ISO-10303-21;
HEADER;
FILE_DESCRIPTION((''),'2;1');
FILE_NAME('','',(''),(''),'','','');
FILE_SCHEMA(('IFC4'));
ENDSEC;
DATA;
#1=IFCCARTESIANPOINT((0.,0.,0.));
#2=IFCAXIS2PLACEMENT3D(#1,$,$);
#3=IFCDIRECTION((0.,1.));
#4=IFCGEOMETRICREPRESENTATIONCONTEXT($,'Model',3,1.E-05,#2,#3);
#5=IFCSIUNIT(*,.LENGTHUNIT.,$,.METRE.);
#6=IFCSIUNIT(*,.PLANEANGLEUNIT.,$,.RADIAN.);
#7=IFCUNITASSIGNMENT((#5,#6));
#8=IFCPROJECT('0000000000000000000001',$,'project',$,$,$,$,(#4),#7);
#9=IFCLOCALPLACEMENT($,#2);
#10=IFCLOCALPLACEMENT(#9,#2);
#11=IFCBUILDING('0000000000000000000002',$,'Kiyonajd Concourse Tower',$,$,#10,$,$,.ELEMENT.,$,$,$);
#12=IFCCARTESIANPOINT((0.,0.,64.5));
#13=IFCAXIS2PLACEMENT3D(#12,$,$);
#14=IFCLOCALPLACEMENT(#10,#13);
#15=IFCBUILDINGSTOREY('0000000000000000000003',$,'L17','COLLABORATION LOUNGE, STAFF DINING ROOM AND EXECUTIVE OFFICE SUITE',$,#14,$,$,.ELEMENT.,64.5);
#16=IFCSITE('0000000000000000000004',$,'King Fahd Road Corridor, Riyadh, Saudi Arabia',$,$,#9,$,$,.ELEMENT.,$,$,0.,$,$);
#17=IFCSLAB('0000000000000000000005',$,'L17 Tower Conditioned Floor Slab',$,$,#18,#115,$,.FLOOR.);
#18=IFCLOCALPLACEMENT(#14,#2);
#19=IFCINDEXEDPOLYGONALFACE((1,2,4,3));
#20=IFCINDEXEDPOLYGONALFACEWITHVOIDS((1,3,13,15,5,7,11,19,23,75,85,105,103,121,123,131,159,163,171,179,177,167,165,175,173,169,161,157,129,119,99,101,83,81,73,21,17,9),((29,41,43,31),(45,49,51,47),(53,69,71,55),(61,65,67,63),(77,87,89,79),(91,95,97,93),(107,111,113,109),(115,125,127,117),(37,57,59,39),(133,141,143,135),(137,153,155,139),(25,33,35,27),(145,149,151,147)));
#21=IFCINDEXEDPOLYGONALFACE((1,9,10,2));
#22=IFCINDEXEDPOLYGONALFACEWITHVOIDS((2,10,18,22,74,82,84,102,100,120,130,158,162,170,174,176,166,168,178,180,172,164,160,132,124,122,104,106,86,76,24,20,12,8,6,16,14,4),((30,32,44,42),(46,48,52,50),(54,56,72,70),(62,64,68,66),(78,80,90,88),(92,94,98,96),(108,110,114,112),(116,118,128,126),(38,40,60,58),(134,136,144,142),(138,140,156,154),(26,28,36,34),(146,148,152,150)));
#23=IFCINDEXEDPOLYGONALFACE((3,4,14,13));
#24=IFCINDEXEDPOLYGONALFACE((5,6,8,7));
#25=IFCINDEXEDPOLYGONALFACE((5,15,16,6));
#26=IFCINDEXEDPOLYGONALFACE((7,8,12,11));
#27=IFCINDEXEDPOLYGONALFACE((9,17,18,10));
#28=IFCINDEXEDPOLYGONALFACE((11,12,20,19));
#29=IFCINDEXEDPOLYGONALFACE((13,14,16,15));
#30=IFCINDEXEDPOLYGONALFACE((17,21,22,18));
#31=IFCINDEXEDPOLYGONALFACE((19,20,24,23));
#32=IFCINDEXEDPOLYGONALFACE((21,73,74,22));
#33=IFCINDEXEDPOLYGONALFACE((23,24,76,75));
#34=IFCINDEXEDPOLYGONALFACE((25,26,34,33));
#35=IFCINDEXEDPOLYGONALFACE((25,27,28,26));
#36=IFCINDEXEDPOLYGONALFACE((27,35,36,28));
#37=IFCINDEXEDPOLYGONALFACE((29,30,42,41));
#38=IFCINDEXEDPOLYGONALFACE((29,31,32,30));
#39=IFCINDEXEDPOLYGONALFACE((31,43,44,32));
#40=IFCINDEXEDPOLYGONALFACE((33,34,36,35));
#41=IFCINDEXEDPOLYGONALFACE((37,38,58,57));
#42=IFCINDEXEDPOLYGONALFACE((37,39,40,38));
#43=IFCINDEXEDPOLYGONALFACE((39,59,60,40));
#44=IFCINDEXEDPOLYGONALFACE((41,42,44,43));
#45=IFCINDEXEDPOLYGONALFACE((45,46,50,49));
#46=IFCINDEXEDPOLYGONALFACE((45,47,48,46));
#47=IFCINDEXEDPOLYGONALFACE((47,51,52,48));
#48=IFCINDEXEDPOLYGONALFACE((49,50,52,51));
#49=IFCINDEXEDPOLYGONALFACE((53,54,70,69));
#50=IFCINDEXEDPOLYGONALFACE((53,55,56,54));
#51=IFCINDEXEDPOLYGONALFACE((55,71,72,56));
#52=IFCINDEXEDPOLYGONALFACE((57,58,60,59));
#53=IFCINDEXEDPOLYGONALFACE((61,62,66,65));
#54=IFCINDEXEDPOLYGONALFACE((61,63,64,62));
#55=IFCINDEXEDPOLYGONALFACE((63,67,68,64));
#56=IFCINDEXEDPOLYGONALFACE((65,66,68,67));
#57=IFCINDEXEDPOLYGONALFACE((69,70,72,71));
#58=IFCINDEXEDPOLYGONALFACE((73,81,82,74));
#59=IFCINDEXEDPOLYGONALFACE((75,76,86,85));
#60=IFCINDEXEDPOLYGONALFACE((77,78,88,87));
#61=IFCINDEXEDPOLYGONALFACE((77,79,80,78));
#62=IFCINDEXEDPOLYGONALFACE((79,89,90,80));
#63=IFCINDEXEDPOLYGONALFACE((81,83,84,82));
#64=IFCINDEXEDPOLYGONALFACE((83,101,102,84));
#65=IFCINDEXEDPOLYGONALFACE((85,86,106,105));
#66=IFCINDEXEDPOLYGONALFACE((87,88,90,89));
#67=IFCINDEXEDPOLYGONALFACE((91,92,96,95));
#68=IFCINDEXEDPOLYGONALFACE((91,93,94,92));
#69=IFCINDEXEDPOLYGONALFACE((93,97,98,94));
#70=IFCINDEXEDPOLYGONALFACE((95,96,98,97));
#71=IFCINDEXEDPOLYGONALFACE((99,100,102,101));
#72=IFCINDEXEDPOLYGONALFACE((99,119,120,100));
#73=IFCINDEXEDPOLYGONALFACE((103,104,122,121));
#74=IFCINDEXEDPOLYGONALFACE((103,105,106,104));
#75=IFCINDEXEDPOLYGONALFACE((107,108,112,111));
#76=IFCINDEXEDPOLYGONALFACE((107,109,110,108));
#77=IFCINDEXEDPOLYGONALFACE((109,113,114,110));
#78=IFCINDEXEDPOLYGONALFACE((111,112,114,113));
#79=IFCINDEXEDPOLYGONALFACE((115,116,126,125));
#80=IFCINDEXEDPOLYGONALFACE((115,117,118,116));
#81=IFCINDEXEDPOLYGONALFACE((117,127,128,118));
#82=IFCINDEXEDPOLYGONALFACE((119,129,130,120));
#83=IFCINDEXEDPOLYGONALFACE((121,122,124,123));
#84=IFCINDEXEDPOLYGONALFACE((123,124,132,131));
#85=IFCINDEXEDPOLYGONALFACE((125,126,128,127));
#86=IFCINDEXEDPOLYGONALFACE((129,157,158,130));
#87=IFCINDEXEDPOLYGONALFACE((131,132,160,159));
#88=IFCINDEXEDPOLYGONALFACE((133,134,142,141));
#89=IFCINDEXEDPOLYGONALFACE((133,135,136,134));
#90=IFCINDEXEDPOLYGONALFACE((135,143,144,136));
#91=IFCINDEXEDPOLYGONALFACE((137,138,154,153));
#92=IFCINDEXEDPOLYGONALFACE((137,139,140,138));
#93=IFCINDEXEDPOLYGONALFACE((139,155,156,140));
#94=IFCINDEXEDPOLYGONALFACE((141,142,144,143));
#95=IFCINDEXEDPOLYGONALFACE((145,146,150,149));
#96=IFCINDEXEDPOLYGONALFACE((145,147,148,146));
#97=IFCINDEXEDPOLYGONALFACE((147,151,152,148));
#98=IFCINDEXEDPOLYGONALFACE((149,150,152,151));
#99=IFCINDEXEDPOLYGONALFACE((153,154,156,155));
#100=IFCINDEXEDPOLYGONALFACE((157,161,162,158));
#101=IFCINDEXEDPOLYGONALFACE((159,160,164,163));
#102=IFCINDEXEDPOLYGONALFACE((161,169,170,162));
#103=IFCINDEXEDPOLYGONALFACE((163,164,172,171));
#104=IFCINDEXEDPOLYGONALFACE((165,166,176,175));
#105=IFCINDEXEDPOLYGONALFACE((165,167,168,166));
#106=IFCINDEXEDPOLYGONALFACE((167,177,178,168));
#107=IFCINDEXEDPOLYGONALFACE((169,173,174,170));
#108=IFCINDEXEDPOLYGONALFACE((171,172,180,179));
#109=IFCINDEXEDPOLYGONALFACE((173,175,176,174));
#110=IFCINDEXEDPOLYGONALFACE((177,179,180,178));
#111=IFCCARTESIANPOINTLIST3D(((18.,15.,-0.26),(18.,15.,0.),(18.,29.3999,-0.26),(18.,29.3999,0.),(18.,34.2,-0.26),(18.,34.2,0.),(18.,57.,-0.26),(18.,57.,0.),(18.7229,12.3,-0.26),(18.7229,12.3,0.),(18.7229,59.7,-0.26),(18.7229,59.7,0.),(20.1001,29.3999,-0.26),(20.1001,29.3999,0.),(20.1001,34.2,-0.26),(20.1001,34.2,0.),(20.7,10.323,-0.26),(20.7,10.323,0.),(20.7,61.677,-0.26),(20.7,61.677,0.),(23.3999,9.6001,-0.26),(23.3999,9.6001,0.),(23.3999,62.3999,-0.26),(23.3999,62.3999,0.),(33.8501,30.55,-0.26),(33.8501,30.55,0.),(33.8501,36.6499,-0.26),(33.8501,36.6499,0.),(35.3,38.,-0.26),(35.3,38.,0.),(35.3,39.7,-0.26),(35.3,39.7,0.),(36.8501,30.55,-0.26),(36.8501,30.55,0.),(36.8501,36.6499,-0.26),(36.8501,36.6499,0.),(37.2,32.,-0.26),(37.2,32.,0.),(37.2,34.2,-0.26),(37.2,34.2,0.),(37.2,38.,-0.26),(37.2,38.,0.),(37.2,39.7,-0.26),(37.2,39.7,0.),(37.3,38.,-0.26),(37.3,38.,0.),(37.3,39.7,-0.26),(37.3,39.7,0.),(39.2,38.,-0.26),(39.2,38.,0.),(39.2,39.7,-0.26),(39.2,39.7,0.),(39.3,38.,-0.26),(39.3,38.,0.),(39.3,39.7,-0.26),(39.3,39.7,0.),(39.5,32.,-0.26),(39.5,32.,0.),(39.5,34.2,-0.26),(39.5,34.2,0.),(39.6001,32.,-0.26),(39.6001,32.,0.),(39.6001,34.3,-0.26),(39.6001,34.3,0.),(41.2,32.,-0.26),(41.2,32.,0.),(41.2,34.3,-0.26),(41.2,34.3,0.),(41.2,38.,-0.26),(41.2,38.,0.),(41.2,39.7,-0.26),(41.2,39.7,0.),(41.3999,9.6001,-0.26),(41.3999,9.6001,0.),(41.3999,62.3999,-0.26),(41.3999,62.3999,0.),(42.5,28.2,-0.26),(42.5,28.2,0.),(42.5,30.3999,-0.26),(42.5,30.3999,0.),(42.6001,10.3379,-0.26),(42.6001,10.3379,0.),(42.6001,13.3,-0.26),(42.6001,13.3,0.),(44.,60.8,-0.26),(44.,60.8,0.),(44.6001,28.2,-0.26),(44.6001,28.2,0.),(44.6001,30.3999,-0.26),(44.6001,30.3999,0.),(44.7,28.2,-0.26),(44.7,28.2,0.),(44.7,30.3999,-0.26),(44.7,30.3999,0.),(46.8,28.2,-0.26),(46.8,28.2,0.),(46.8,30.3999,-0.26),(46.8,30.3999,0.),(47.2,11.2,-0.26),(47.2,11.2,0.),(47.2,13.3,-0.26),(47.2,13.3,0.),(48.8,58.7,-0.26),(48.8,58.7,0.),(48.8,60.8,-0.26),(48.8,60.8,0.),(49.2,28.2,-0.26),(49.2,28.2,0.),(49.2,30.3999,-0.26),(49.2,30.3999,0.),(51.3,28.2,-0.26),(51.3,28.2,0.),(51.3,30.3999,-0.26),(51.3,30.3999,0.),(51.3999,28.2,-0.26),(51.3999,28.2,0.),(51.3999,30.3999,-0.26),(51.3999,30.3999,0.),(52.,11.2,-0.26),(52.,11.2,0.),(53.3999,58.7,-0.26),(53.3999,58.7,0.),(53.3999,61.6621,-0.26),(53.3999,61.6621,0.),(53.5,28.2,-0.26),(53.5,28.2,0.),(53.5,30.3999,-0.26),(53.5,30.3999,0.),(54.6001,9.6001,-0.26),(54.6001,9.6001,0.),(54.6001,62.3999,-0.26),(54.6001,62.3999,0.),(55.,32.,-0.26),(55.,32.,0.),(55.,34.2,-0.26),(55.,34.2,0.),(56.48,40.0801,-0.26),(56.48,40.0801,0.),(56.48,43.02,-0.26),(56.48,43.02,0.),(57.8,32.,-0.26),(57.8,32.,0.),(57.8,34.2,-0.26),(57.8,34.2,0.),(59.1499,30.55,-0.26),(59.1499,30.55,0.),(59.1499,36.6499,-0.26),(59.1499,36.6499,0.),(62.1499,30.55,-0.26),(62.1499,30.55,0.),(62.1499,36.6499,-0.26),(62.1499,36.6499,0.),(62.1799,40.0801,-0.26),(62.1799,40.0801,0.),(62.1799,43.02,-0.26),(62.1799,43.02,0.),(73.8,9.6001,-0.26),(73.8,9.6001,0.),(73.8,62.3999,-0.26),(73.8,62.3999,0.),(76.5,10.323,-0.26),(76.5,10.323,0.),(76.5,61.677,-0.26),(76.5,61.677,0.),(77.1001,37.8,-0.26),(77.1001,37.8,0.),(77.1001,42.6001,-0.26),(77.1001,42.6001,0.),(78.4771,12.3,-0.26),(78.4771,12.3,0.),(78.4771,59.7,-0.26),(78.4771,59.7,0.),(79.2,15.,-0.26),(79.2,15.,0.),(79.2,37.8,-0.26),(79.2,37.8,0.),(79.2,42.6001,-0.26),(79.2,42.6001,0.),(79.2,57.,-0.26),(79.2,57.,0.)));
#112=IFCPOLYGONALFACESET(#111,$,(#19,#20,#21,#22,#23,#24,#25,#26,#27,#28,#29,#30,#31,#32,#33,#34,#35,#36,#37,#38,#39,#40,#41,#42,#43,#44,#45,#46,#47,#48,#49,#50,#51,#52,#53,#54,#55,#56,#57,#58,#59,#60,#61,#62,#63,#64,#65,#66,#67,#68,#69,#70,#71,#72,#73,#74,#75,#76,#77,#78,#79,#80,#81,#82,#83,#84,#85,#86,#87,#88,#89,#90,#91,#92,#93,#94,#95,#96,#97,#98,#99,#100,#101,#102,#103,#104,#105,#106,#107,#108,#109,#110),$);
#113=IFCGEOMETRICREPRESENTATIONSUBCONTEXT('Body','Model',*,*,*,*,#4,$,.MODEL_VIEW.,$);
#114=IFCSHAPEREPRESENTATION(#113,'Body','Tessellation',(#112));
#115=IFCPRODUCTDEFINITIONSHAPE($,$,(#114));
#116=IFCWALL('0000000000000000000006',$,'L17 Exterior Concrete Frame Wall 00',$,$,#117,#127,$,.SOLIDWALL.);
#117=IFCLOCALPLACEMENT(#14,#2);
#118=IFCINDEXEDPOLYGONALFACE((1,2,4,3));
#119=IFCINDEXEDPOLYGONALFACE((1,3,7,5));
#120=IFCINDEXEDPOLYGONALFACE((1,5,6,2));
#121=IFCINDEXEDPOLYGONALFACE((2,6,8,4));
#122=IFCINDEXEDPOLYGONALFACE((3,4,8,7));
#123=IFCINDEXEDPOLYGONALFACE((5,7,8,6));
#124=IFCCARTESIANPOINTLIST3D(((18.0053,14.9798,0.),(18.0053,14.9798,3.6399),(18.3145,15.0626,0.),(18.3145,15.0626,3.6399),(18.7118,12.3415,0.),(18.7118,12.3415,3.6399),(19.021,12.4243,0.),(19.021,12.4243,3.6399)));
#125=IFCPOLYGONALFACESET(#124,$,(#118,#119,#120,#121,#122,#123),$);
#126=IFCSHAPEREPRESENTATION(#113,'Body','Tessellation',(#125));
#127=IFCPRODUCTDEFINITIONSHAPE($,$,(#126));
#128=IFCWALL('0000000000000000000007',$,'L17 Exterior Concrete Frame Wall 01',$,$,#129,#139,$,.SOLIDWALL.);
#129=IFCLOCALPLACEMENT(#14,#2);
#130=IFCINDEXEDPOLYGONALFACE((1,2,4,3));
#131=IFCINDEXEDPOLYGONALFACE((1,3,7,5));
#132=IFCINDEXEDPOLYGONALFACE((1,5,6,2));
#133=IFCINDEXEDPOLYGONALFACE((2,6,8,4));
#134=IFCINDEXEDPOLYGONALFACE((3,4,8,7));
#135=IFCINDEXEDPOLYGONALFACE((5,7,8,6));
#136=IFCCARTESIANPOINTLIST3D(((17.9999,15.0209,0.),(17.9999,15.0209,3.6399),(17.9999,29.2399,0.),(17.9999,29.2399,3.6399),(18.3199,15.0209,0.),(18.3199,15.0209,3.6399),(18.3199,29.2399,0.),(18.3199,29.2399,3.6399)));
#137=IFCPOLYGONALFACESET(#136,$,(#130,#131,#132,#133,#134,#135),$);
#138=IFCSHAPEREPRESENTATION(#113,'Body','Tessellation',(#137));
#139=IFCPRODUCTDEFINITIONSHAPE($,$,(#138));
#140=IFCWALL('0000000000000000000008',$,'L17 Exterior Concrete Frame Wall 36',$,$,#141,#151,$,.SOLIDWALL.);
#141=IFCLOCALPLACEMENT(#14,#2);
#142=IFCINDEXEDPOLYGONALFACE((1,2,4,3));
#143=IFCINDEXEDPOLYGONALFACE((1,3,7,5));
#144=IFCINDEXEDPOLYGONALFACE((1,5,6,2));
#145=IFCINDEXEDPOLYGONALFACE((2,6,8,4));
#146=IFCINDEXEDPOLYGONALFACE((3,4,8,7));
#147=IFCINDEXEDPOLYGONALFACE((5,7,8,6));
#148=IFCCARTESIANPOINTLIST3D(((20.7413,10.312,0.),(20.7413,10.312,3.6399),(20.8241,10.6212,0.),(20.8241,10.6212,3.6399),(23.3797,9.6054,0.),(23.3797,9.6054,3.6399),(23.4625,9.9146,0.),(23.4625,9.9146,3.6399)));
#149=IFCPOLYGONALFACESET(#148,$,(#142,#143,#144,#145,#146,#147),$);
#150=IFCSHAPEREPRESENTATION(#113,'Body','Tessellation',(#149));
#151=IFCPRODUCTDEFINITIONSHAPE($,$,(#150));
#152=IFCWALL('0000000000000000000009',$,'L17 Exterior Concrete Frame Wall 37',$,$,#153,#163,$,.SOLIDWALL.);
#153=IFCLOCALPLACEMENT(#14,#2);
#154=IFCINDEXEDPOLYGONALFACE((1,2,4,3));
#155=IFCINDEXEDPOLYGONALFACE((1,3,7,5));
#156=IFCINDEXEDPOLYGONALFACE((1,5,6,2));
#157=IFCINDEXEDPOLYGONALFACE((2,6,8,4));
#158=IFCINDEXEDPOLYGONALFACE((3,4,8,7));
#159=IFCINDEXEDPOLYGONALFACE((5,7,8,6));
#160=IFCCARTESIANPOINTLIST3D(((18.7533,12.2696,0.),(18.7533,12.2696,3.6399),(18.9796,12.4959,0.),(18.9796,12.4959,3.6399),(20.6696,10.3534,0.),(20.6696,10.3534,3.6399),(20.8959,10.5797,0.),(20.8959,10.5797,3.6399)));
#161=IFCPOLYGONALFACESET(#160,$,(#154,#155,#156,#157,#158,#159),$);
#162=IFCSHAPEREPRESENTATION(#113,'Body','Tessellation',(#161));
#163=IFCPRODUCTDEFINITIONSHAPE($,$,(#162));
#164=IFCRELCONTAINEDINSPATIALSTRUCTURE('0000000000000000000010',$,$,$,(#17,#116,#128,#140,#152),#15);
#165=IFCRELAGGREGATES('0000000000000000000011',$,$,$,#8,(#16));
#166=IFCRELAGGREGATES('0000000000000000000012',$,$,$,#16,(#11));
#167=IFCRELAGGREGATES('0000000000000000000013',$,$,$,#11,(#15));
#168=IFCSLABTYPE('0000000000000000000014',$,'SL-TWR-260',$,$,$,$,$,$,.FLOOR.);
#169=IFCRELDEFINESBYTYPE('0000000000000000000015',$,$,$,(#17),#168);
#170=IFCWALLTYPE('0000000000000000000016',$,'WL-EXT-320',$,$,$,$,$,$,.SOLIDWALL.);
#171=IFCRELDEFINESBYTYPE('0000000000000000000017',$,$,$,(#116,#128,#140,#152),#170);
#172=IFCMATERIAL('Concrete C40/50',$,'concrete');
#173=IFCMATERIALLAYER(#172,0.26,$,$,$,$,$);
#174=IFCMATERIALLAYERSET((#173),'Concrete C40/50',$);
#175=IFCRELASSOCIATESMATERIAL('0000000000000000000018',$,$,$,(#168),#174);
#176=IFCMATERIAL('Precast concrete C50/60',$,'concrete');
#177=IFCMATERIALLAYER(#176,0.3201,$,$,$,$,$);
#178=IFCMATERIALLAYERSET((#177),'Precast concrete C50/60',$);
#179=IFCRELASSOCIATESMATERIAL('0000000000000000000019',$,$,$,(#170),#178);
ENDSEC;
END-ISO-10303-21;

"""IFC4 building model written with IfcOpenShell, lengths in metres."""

from ifc_helpers import new_model, si_unit, direction, frame, frame_2d, origin, place, context, subcontext, project, spatial, polyline, rectangle, outline, extrude, material, layer, layer_set, type_object, element, save


model = new_model("IFC4")

# Units and contexts
model_context = context("Model", 3, precision=1e-05, world=origin(), true_north=direction((0.0, 1.0)))
body_context = subcontext(model_context, "Body", "Model", "MODEL_VIEW")
ifc_project = project(units=[si_unit("LENGTHUNIT", "METRE"), si_unit("PLANEANGLEUNIT", "RADIAN")], contexts=[model_context])

# Site, building, storey
site_placement = place(None, origin())
site = spatial("IfcSite", under=ifc_project, at=site_placement, Name="King Fahd Road Corridor, Riyadh, Saudi Arabia", CompositionType="ELEMENT", RefElevation=0.0)
building_placement = place(site_placement, origin())
building = spatial("IfcBuilding", under=site, at=building_placement, Name="Kiyonajd Concourse Tower", CompositionType="ELEMENT")
storey_placement = place(building_placement, frame((0.0, 0.0, 64.5)))
storey = spatial("IfcBuildingStorey", under=building, at=storey_placement, Name="L17", Description="COLLABORATION LOUNGE, STAFF DINING ROOM AND EXECUTIVE OFFICE SUITE", CompositionType="ELEMENT", Elevation=64.5)

# Shared definitions
ifc_material_1 = material(Name="Precast concrete C50/60", Category="concrete")

# Shared definitions
ifc_material_2 = material(Name="Concrete C40/50", Category="concrete")

# Slab
ifc_layer_1 = layer(ifc_material_2, 0.26)
ifc_layer_set_1 = layer_set([ifc_layer_1], Name="Concrete C40/50")
slab_type_1 = type_object("IfcSlabType", Name="SL-TWR-260", PredefinedType="FLOOR", material=ifc_layer_set_1)
slab_1_placement = place(storey_placement, frame((0.0, 0.0, -0.26)))
element("IfcSlab", 1, at=slab_1_placement, inside=storey, type_object=slab_type_1, Name="L17 Tower Conditioned Floor Slab", PredefinedType="FLOOR", context=body_context, shape_type="SweptSolid", body=[
    extrude(outline(polyline([(18.7229, 12.3), (18.0, 15.0), (18.0, 29.3999), (20.1001, 29.3999), (20.1001, 34.2), (18.0, 34.2), (18.0, 57.0), (18.7229, 59.7), (20.7, 61.677), (23.3999, 62.3999), (41.3999, 62.3999), (44.0, 60.8), (48.8, 60.8), (48.8, 58.7), (53.3999, 58.7), (53.3999, 61.6621), (54.6001, 62.3999), (73.8, 62.3999), (76.5, 61.677), (78.4771, 59.7), (79.2, 57.0), (79.2, 42.6001), (77.1001, 42.6001), (77.1001, 37.8), (79.2, 37.8), (79.2, 15.0), (78.4771, 12.3), (76.5, 10.323), (73.8, 9.6001), (54.6001, 9.6001), (52.0, 11.2), (47.2, 11.2), (47.2, 13.3), (42.6001, 13.3), (42.6001, 10.3379), (41.3999, 9.6001), (23.3999, 9.6001), (20.7, 10.323), (18.7229, 12.3)]), holes=[polyline([(44.6001, 28.2), (42.5, 28.2), (42.5, 30.3999), (44.6001, 30.3999), (44.6001, 28.2)]), polyline([(37.2, 32.0), (37.2, 34.2), (39.5, 34.2), (39.5, 32.0), (37.2, 32.0)]), polyline([(39.6001, 32.0), (39.6001, 34.3), (41.2, 34.3), (41.2, 32.0), (39.6001, 32.0)]), polyline([(36.8501, 30.55), (33.8501, 30.55), (33.8501, 36.6499), (36.8501, 36.6499), (36.8501, 30.55)]), polyline([(35.3, 38.0), (35.3, 39.7), (37.2, 39.7), (37.2, 38.0), (35.3, 38.0)]), polyline([(37.3, 38.0), (37.3, 39.7), (39.2, 39.7), (39.2, 38.0), (37.3, 38.0)]), polyline([(41.2, 38.0), (39.3, 38.0), (39.3, 39.7), (41.2, 39.7), (41.2, 38.0)]), polyline([(44.7, 28.2), (44.7, 30.3999), (46.8, 30.3999), (46.8, 28.2), (44.7, 28.2)]), polyline([(49.2, 28.2), (49.2, 30.3999), (51.3, 30.3999), (51.3, 28.2), (49.2, 28.2)]), polyline([(51.3999, 28.2), (51.3999, 30.3999), (53.5, 30.3999), (53.5, 28.2), (51.3999, 28.2)]), polyline([(55.0, 32.0), (55.0, 34.2), (57.8, 34.2), (57.8, 32.0), (55.0, 32.0)]), polyline([(59.1499, 30.55), (59.1499, 36.6499), (62.1499, 36.6499), (62.1499, 30.55), (59.1499, 30.55)]), polyline([(56.48, 43.02), (62.1799, 43.02), (62.1799, 40.0801), (56.48, 40.0801), (56.48, 43.02)])]), origin(), (0.0, 0.0, 1.0), 0.26),
])

# Walls
ifc_layer_2 = layer(ifc_material_1, 0.3201)
ifc_layer_set_2 = layer_set([ifc_layer_2], Name="Precast concrete C50/60")
wall_type = type_object("IfcWallType", Name="WL-EXT-320", PredefinedType="SOLIDWALL", material=ifc_layer_set_2)
wall_1_placement = place(storey_placement, frame((18.8665, 12.3828, 0.0), z_axis=(0.0, 0.0, 1.0), x_axis=(-0.258697, 0.965958, 0.0)))
element("IfcWall", 2, at=wall_1_placement, inside=storey, type_object=wall_type, Name="L17 Exterior Concrete Frame Wall 00", PredefinedType="SOLIDWALL", context=body_context, shape_type="SweptSolid", body=[
    extrude(rectangle(XDim=2.7312, YDim=0.3201, at=frame_2d((1.3657, 0.0))), origin(), (0.0, 0.0, 1.0), 3.6399),
])
wall_2_placement = place(storey_placement, frame((18.1599, 15.021, 0.0), z_axis=(0.0, 0.0, 1.0), x_axis=(0.0, 1.0, 0.0)))
element("IfcWall", 3, at=wall_2_placement, inside=storey, type_object=wall_type, Name="L17 Exterior Concrete Frame Wall 01", PredefinedType="SOLIDWALL", context=body_context, shape_type="SweptSolid", body=[
    extrude(rectangle(XDim=14.219, YDim=0.3201, at=frame_2d((7.1094, 0.0))), origin(), (0.0, 0.0, 1.0), 3.6399),
])
wall_3_placement = place(storey_placement, frame((23.4211, 9.76, 0.0), z_axis=(0.0, 0.0, 1.0), x_axis=(-0.965964, 0.258675, 0.0)))
element("IfcWall", 4, at=wall_3_placement, inside=storey, type_object=wall_type, Name="L17 Exterior Concrete Frame Wall 36", PredefinedType="SOLIDWALL", context=body_context, shape_type="SweptSolid", body=[
    extrude(rectangle(XDim=2.7314, YDim=0.3201, at=frame_2d((1.3657, 0.0))), origin(), (0.0, 0.0, 1.0), 3.6399),
])
wall_4_placement = place(storey_placement, frame((20.7827, 10.4666, 0.0), z_axis=(0.0, 0.0, 1.0), x_axis=(-0.707107, 0.707107, 0.0)))
element("IfcWall", 5, at=wall_4_placement, inside=storey, type_object=wall_type, Name="L17 Exterior Concrete Frame Wall 37", PredefinedType="SOLIDWALL", context=body_context, shape_type="SweptSolid", body=[
    extrude(rectangle(XDim=2.71, YDim=0.3201, at=frame_2d((1.355, 0.0))), origin(), (0.0, 0.0, 1.0), 3.6399),
])

save(model, "model.ifc")
